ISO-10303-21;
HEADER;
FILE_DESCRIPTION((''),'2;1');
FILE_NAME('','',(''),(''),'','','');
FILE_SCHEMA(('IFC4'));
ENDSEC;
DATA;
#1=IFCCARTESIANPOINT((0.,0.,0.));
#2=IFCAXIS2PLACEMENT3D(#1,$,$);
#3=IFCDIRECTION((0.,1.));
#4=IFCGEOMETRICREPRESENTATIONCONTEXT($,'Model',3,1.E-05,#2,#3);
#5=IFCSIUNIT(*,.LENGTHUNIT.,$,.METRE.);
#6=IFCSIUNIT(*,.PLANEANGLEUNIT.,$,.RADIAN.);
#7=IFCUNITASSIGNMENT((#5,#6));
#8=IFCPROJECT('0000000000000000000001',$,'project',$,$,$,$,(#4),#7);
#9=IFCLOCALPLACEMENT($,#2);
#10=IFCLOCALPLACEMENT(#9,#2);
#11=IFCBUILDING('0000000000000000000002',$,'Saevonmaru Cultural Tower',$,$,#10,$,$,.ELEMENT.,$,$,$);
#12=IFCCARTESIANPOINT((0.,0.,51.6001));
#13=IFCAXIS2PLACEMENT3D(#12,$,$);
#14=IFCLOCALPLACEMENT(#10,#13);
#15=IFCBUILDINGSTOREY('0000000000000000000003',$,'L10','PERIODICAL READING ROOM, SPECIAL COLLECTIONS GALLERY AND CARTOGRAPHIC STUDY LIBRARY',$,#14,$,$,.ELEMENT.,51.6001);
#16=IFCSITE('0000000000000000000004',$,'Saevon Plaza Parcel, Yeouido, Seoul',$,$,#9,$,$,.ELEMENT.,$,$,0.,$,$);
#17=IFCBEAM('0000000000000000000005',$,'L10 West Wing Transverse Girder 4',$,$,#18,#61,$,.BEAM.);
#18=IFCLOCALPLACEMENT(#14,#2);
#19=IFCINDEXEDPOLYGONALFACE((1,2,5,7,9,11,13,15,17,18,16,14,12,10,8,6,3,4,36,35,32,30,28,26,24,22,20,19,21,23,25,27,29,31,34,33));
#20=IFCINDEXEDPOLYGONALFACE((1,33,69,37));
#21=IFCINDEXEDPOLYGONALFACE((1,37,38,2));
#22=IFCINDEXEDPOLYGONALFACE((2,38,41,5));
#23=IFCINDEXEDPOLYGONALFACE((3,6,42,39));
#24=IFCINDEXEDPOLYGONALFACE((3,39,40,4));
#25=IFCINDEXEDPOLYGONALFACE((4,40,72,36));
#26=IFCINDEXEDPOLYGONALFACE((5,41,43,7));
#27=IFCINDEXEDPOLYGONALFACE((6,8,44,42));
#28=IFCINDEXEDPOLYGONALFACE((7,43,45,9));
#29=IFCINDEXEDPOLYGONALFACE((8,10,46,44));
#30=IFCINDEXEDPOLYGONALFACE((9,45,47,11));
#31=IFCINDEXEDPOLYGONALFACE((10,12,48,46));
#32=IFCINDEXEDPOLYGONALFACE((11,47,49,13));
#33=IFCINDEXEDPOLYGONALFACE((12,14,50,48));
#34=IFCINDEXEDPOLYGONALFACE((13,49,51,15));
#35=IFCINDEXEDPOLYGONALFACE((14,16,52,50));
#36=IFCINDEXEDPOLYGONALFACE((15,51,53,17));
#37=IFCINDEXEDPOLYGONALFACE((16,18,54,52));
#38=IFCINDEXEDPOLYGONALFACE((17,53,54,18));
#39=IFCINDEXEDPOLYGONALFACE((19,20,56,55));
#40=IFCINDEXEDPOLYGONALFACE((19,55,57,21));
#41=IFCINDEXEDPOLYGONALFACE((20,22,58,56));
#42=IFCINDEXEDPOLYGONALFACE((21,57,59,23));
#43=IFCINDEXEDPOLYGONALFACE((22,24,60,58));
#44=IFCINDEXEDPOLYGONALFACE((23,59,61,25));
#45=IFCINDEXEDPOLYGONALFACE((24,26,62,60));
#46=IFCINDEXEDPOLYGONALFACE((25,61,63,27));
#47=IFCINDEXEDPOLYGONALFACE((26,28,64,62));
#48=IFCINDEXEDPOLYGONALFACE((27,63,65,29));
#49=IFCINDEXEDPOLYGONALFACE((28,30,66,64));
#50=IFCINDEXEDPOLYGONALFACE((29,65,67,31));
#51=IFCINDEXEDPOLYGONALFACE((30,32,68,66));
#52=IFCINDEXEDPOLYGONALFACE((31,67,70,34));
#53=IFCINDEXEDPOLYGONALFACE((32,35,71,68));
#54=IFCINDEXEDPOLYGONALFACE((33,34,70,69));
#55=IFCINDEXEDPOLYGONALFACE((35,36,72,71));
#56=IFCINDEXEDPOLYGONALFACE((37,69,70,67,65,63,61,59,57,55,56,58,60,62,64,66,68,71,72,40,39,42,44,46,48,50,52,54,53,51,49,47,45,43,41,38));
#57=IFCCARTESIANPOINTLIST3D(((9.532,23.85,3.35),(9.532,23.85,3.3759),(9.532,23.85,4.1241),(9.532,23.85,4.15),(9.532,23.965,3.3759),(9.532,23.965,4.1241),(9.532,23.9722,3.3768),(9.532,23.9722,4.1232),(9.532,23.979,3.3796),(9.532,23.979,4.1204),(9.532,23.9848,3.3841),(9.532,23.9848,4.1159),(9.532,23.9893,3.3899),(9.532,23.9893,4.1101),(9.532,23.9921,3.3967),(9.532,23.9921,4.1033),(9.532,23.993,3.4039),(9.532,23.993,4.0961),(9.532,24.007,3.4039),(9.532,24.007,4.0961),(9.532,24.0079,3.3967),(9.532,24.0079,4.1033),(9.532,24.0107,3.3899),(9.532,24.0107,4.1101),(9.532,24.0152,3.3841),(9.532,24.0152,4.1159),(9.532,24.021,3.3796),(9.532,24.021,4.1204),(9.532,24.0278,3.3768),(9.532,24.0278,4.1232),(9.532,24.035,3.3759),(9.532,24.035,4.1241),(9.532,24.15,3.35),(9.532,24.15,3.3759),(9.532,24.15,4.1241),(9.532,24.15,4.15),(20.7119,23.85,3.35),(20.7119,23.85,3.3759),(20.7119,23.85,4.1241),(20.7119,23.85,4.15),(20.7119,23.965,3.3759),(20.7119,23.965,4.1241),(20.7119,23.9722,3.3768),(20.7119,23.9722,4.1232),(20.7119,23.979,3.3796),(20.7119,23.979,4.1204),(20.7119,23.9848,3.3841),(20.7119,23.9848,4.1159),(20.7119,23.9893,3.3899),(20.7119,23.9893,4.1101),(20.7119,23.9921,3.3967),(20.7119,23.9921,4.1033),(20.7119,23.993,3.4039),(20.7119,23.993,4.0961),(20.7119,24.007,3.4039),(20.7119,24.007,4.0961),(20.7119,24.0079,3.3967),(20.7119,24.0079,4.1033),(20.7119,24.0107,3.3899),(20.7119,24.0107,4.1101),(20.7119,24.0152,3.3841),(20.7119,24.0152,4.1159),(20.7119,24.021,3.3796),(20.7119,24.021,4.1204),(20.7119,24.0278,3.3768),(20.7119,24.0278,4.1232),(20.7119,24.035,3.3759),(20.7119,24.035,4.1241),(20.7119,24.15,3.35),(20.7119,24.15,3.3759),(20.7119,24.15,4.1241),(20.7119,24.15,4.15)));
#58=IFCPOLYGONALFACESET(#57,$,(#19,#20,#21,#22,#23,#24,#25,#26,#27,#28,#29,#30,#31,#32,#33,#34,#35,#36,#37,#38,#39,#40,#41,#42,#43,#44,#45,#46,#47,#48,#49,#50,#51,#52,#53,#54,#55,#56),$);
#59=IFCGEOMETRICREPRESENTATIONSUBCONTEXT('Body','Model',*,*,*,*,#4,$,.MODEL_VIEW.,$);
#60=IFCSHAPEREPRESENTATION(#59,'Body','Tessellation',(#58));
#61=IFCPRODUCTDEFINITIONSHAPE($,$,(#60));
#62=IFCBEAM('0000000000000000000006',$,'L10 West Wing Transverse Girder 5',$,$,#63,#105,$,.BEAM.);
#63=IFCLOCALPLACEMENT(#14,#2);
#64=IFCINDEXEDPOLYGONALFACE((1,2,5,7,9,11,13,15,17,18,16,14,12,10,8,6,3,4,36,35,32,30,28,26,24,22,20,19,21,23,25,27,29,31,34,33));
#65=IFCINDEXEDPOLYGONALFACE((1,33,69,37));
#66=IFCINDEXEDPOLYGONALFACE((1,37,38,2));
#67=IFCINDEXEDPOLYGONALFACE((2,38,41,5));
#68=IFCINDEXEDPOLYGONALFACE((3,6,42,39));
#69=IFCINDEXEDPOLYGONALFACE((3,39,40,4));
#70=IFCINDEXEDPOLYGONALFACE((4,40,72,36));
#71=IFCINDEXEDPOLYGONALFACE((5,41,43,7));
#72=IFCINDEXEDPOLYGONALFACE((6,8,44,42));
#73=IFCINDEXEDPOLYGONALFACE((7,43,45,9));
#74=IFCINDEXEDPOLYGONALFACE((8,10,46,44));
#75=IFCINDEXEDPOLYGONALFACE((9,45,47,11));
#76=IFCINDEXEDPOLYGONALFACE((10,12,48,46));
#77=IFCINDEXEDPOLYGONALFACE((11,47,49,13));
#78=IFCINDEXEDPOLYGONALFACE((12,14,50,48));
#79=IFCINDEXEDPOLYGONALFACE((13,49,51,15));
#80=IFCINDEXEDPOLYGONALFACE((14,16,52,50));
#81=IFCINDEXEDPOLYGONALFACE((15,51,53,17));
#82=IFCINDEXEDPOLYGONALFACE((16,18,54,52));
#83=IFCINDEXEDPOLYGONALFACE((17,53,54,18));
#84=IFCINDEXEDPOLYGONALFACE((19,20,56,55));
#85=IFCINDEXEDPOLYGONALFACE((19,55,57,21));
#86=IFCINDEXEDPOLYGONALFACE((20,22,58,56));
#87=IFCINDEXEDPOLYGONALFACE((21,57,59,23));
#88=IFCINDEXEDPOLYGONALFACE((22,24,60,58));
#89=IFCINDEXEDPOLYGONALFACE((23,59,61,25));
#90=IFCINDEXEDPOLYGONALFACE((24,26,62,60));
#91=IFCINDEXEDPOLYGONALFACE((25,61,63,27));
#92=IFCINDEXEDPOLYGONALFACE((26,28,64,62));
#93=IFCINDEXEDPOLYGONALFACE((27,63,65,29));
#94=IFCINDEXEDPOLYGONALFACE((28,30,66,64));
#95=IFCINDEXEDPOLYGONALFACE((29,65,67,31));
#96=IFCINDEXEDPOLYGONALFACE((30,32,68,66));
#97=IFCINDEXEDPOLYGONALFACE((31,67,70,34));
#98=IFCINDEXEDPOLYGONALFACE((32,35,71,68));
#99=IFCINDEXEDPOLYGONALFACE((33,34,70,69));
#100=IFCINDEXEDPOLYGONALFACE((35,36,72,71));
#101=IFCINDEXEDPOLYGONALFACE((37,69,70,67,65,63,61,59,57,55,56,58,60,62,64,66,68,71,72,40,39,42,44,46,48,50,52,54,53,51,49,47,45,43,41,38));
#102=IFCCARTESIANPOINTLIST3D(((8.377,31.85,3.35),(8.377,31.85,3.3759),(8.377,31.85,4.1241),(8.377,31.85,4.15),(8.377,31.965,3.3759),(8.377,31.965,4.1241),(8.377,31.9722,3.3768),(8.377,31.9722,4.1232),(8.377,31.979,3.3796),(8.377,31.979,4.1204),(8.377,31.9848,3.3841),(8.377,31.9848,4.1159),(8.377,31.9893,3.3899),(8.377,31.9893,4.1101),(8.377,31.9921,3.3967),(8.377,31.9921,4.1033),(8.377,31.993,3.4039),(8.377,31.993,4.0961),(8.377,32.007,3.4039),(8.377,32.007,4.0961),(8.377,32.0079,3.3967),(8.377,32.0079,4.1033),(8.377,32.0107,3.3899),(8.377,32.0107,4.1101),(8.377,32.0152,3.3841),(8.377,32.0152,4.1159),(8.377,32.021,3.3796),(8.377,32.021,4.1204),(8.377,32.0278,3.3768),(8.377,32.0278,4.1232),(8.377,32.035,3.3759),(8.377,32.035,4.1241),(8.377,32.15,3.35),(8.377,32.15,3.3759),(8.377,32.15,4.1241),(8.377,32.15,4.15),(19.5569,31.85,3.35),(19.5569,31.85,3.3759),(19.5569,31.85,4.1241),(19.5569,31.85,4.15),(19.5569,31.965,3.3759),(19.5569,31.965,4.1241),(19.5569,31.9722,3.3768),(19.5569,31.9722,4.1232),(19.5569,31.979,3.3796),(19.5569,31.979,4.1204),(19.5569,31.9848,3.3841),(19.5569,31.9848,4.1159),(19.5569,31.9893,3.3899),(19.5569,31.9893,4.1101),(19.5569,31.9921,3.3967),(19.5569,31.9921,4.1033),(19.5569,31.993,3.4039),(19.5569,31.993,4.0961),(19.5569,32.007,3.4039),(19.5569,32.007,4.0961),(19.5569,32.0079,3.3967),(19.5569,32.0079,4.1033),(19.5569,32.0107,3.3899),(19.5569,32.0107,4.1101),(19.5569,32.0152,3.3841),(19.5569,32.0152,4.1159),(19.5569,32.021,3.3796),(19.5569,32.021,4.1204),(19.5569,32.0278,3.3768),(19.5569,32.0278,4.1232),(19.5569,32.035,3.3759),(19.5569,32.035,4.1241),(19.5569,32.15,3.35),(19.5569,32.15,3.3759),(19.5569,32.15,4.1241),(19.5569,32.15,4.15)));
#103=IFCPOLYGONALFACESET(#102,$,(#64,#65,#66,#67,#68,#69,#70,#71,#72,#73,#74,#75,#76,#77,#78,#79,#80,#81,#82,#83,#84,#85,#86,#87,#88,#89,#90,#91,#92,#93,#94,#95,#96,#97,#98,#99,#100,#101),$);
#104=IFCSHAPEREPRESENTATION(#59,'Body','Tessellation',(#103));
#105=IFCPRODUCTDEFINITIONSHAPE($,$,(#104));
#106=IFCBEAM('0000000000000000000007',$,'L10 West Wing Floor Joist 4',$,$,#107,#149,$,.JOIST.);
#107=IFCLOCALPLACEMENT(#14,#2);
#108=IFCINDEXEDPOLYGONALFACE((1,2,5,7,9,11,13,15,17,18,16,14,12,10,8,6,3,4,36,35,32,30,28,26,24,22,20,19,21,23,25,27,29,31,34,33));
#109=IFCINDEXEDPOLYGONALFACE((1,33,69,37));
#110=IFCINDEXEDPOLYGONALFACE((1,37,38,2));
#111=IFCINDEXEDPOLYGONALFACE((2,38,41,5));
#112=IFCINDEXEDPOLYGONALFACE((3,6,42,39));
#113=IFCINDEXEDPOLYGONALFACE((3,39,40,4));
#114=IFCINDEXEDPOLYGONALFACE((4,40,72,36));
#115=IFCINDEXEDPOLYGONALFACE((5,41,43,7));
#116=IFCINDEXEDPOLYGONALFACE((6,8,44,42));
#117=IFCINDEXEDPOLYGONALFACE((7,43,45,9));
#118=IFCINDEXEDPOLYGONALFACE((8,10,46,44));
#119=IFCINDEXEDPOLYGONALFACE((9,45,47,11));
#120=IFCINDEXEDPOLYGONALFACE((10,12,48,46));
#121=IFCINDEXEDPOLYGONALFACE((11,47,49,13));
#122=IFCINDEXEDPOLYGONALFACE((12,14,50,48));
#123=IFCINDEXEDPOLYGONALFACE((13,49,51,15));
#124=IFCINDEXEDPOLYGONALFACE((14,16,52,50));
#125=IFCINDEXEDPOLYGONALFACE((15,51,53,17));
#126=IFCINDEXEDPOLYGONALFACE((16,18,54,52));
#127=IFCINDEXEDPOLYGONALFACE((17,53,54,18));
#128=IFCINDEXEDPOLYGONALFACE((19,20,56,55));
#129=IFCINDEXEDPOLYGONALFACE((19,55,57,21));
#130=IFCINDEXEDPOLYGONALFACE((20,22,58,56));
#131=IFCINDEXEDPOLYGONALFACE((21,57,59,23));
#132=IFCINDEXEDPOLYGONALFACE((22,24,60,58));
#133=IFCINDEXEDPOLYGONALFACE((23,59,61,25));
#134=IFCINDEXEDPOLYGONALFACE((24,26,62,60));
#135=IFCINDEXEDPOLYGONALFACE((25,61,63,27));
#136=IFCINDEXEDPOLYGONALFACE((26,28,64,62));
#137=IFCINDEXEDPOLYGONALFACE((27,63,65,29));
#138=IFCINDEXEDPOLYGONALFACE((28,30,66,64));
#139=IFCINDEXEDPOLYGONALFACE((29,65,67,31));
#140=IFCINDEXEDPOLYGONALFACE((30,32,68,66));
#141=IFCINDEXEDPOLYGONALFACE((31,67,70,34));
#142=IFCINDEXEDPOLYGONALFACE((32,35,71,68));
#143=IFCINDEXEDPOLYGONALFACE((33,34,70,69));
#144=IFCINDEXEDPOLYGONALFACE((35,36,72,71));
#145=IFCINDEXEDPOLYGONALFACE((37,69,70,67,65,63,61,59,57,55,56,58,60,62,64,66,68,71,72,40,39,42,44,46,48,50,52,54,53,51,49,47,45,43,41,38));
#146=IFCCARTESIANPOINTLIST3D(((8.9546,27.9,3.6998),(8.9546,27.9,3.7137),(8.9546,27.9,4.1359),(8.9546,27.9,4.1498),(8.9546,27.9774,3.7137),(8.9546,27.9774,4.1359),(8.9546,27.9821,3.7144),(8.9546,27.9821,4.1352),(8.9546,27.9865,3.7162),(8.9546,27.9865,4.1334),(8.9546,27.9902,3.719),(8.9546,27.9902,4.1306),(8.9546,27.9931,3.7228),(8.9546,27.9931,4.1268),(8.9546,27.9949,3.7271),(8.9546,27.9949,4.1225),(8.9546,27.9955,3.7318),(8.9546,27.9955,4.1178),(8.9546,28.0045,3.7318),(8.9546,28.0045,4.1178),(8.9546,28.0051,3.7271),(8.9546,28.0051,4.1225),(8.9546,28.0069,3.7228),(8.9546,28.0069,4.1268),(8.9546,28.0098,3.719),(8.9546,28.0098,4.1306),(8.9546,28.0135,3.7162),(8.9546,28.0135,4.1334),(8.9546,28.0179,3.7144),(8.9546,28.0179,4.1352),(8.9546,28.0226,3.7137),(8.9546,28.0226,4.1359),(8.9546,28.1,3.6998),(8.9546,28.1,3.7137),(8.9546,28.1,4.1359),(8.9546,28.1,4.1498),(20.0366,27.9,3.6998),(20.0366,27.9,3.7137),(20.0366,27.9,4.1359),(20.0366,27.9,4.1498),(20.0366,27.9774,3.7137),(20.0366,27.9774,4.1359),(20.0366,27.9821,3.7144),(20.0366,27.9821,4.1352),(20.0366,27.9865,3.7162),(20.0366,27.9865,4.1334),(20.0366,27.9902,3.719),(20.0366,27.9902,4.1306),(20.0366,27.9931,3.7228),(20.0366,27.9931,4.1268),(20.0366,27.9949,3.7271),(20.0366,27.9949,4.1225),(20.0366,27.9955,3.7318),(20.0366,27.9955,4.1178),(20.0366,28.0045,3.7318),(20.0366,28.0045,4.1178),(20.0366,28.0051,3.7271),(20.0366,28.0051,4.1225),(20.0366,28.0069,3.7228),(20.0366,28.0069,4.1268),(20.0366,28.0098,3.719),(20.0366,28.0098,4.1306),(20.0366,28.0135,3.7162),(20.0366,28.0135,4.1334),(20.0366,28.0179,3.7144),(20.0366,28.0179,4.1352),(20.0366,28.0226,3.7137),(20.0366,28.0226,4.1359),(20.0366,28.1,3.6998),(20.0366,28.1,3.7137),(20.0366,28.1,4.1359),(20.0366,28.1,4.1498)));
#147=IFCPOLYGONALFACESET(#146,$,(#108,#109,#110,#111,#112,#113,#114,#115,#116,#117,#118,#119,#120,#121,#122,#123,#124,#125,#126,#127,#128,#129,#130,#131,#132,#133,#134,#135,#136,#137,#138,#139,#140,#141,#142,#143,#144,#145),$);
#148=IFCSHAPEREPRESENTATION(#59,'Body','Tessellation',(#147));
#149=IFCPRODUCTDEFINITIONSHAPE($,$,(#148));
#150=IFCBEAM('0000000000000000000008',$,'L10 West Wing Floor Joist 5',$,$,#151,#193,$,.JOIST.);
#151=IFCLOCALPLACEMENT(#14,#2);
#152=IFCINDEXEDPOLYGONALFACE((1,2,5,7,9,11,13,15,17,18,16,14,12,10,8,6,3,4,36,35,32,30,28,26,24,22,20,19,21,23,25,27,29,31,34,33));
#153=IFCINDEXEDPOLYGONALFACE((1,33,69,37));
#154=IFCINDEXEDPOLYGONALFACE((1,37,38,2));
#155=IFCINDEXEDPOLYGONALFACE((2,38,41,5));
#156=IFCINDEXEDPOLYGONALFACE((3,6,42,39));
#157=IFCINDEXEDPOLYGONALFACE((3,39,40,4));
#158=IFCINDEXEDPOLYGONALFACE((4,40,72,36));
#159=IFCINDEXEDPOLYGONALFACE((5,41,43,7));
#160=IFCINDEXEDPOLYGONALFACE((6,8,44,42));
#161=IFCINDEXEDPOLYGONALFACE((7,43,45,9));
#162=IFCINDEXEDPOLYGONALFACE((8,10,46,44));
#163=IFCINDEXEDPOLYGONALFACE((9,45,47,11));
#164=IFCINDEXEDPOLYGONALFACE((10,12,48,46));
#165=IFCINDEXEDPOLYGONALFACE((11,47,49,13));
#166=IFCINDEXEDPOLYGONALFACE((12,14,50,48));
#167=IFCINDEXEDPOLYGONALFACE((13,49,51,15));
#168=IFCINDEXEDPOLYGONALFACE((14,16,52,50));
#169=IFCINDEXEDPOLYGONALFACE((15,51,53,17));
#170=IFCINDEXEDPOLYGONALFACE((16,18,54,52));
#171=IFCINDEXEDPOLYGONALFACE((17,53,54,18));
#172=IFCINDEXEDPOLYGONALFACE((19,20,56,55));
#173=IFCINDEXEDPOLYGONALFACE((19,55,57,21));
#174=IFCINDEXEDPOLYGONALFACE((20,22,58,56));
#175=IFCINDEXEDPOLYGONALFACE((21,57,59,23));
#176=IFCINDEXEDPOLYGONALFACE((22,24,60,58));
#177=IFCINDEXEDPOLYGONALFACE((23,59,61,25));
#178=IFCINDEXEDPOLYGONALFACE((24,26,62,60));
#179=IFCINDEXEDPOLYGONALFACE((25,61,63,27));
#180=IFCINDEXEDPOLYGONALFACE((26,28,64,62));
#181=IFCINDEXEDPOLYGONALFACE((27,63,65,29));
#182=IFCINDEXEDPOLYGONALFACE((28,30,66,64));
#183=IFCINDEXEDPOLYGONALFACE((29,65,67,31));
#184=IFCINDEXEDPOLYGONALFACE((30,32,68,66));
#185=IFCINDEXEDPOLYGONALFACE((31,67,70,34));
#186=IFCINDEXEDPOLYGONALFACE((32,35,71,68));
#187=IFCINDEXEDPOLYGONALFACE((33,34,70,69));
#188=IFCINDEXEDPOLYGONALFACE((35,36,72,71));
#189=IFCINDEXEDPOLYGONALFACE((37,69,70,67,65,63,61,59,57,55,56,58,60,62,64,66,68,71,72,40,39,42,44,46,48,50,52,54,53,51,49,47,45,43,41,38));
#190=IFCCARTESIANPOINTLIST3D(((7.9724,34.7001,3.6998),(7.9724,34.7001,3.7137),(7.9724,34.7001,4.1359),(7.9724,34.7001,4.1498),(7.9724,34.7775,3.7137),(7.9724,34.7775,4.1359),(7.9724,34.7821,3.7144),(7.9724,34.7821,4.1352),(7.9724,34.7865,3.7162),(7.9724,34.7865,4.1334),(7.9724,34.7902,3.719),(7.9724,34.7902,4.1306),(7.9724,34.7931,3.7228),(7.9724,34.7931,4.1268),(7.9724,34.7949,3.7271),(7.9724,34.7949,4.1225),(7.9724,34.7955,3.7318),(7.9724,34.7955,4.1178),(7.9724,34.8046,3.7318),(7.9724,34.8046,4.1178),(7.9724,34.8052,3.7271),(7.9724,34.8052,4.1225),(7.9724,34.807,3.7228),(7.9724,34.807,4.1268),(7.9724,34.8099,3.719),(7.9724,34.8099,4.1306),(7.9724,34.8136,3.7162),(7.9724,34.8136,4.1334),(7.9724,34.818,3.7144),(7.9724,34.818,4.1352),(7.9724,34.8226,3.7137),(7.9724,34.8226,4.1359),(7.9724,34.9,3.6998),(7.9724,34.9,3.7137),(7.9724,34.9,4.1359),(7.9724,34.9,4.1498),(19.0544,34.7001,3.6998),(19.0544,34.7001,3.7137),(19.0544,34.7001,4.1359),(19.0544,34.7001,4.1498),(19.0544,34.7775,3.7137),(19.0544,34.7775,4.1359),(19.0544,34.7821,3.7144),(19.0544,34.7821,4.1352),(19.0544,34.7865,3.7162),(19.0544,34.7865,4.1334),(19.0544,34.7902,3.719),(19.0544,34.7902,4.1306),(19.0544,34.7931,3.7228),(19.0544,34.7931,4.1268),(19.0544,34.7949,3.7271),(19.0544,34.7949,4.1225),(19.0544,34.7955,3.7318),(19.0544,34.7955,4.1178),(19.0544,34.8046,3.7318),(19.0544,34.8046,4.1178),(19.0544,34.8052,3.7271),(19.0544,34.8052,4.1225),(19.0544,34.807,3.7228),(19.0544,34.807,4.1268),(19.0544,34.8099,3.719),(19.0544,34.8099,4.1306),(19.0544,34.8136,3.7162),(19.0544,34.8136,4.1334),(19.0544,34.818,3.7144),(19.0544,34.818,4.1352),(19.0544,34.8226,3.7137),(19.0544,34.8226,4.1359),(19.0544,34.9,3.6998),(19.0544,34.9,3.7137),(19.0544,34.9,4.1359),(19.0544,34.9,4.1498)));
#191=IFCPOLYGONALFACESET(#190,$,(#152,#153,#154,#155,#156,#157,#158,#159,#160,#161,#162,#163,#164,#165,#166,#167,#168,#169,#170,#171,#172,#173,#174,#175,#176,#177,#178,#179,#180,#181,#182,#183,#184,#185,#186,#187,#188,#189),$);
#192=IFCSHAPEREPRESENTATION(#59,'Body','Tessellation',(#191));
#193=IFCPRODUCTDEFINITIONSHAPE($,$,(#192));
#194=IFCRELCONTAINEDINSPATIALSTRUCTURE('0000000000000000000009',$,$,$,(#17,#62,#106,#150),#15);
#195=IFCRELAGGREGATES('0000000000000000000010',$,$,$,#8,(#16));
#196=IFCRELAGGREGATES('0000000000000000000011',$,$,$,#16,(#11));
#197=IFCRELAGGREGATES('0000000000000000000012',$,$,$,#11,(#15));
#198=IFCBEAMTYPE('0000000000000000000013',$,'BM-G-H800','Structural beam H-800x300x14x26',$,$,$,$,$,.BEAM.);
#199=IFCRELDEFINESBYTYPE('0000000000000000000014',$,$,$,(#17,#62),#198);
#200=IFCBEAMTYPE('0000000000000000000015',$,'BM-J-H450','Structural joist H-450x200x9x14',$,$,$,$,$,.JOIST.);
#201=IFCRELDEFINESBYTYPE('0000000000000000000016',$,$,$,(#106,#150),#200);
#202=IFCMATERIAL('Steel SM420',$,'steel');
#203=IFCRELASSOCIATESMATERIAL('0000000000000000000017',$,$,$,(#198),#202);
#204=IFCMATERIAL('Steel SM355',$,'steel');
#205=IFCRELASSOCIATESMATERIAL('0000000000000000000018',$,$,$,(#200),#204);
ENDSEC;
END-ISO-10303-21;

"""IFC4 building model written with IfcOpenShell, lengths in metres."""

from ifc_helpers import new_model, si_unit, direction, frame, origin, origin_2d, place, context, subcontext, project, spatial, i_section, extrude, material, material_profile, profile_set, type_object, element, save


model = new_model("IFC4")

# Units and contexts
model_context = context("Model", 3, precision=1e-05, world=origin(), true_north=direction((0.0, 1.0)))
body_context = subcontext(model_context, "Body", "Model", "MODEL_VIEW")
ifc_project = project(units=[si_unit("LENGTHUNIT", "METRE"), si_unit("PLANEANGLEUNIT", "RADIAN")], contexts=[model_context])

# Site, building, storey
site_placement = place(None, origin())
site = spatial("IfcSite", under=ifc_project, at=site_placement, Name="Saevon Plaza Parcel, Yeouido, Seoul", CompositionType="ELEMENT", RefElevation=0.0)
building_placement = place(site_placement, origin())
building = spatial("IfcBuilding", under=site, at=building_placement, Name="Saevonmaru Cultural Tower", CompositionType="ELEMENT")
storey_placement = place(building_placement, frame((0.0, 0.0, 51.6001)))
storey = spatial("IfcBuildingStorey", under=building, at=storey_placement, Name="L10", Description="PERIODICAL READING ROOM, SPECIAL COLLECTIONS GALLERY AND CARTOGRAPHIC STUDY LIBRARY", CompositionType="ELEMENT", Elevation=51.6001)

# Shared definitions
ifc_material_1 = material(Name="Steel SM420", Category="steel")

# Beams
ifc_material_profile_1 = material_profile(ifc_material_1, i_section(OverallWidth=0.3, OverallDepth=0.8, WebThickness=0.0139, FlangeThickness=0.0259, FilletRadius=0.0281, at=origin_2d()), Name="H-800x300x14x26")
ifc_profile_set_1 = profile_set([ifc_material_profile_1], Name="Steel SM420")
beam_type_1 = type_object("IfcBeamType", Name="BM-G-H800", Description="Structural beam H-800x300x14x26", PredefinedType="BEAM", material=ifc_profile_set_1)
for number, where, z_axis, x_axis, name in (
    (1, (9.532, 24.0, 3.75), (1.0, 0.0, 0.0), (0.0, 1.0, 0.0), "L10 West Wing Transverse Girder 4"),
    (2, (8.377, 32.0, 3.75), (1.0, 0.0, 0.0), (0.0, 1.0, 0.0), "L10 West Wing Transverse Girder 5"),
):
    element("IfcBeam", number, at=place(storey_placement, frame(where, z_axis=z_axis, x_axis=x_axis)), inside=storey, type_object=beam_type_1, Name=name, PredefinedType="BEAM", context=body_context, shape_type="SweptSolid", body=[
        extrude(i_section(OverallWidth=0.3, OverallDepth=0.8, WebThickness=0.0139, FlangeThickness=0.0259, FilletRadius=0.0281, at=origin_2d()), origin(), (0.0, 0.0, 1.0), 11.1799),
    ])
ifc_material_2 = material(Name="Steel SM355", Category="steel")
ifc_material_profile_2 = material_profile(ifc_material_2, i_section(OverallWidth=0.2, OverallDepth=0.45, WebThickness=0.009, FlangeThickness=0.0139, FilletRadius=0.0181, at=origin_2d()), Name="H-450x200x9x14")
ifc_profile_set_2 = profile_set([ifc_material_profile_2], Name="Steel SM355")
beam_type_2 = type_object("IfcBeamType", Name="BM-J-H450", Description="Structural joist H-450x200x9x14", PredefinedType="JOIST", material=ifc_profile_set_2)
for number, where, z_axis, x_axis, name in (
    (3, (8.9546, 28.0, 3.9248), (1.0, 0.0, 0.0), (0.0, 1.0, 0.0), "L10 West Wing Floor Joist 4"),
    (4, (7.9724, 34.8, 3.9248), (1.0, 0.0, 0.0), (0.0, 1.0, 0.0), "L10 West Wing Floor Joist 5"),
):
    element("IfcBeam", number, at=place(storey_placement, frame(where, z_axis=z_axis, x_axis=x_axis)), inside=storey, type_object=beam_type_2, Name=name, PredefinedType="JOIST", context=body_context, shape_type="SweptSolid", body=[
        extrude(i_section(OverallWidth=0.2, OverallDepth=0.45, WebThickness=0.009, FlangeThickness=0.0139, FilletRadius=0.0181, at=origin_2d()), origin(), (0.0, 0.0, 1.0), 11.082),
    ])

save(model, "model.ifc")
